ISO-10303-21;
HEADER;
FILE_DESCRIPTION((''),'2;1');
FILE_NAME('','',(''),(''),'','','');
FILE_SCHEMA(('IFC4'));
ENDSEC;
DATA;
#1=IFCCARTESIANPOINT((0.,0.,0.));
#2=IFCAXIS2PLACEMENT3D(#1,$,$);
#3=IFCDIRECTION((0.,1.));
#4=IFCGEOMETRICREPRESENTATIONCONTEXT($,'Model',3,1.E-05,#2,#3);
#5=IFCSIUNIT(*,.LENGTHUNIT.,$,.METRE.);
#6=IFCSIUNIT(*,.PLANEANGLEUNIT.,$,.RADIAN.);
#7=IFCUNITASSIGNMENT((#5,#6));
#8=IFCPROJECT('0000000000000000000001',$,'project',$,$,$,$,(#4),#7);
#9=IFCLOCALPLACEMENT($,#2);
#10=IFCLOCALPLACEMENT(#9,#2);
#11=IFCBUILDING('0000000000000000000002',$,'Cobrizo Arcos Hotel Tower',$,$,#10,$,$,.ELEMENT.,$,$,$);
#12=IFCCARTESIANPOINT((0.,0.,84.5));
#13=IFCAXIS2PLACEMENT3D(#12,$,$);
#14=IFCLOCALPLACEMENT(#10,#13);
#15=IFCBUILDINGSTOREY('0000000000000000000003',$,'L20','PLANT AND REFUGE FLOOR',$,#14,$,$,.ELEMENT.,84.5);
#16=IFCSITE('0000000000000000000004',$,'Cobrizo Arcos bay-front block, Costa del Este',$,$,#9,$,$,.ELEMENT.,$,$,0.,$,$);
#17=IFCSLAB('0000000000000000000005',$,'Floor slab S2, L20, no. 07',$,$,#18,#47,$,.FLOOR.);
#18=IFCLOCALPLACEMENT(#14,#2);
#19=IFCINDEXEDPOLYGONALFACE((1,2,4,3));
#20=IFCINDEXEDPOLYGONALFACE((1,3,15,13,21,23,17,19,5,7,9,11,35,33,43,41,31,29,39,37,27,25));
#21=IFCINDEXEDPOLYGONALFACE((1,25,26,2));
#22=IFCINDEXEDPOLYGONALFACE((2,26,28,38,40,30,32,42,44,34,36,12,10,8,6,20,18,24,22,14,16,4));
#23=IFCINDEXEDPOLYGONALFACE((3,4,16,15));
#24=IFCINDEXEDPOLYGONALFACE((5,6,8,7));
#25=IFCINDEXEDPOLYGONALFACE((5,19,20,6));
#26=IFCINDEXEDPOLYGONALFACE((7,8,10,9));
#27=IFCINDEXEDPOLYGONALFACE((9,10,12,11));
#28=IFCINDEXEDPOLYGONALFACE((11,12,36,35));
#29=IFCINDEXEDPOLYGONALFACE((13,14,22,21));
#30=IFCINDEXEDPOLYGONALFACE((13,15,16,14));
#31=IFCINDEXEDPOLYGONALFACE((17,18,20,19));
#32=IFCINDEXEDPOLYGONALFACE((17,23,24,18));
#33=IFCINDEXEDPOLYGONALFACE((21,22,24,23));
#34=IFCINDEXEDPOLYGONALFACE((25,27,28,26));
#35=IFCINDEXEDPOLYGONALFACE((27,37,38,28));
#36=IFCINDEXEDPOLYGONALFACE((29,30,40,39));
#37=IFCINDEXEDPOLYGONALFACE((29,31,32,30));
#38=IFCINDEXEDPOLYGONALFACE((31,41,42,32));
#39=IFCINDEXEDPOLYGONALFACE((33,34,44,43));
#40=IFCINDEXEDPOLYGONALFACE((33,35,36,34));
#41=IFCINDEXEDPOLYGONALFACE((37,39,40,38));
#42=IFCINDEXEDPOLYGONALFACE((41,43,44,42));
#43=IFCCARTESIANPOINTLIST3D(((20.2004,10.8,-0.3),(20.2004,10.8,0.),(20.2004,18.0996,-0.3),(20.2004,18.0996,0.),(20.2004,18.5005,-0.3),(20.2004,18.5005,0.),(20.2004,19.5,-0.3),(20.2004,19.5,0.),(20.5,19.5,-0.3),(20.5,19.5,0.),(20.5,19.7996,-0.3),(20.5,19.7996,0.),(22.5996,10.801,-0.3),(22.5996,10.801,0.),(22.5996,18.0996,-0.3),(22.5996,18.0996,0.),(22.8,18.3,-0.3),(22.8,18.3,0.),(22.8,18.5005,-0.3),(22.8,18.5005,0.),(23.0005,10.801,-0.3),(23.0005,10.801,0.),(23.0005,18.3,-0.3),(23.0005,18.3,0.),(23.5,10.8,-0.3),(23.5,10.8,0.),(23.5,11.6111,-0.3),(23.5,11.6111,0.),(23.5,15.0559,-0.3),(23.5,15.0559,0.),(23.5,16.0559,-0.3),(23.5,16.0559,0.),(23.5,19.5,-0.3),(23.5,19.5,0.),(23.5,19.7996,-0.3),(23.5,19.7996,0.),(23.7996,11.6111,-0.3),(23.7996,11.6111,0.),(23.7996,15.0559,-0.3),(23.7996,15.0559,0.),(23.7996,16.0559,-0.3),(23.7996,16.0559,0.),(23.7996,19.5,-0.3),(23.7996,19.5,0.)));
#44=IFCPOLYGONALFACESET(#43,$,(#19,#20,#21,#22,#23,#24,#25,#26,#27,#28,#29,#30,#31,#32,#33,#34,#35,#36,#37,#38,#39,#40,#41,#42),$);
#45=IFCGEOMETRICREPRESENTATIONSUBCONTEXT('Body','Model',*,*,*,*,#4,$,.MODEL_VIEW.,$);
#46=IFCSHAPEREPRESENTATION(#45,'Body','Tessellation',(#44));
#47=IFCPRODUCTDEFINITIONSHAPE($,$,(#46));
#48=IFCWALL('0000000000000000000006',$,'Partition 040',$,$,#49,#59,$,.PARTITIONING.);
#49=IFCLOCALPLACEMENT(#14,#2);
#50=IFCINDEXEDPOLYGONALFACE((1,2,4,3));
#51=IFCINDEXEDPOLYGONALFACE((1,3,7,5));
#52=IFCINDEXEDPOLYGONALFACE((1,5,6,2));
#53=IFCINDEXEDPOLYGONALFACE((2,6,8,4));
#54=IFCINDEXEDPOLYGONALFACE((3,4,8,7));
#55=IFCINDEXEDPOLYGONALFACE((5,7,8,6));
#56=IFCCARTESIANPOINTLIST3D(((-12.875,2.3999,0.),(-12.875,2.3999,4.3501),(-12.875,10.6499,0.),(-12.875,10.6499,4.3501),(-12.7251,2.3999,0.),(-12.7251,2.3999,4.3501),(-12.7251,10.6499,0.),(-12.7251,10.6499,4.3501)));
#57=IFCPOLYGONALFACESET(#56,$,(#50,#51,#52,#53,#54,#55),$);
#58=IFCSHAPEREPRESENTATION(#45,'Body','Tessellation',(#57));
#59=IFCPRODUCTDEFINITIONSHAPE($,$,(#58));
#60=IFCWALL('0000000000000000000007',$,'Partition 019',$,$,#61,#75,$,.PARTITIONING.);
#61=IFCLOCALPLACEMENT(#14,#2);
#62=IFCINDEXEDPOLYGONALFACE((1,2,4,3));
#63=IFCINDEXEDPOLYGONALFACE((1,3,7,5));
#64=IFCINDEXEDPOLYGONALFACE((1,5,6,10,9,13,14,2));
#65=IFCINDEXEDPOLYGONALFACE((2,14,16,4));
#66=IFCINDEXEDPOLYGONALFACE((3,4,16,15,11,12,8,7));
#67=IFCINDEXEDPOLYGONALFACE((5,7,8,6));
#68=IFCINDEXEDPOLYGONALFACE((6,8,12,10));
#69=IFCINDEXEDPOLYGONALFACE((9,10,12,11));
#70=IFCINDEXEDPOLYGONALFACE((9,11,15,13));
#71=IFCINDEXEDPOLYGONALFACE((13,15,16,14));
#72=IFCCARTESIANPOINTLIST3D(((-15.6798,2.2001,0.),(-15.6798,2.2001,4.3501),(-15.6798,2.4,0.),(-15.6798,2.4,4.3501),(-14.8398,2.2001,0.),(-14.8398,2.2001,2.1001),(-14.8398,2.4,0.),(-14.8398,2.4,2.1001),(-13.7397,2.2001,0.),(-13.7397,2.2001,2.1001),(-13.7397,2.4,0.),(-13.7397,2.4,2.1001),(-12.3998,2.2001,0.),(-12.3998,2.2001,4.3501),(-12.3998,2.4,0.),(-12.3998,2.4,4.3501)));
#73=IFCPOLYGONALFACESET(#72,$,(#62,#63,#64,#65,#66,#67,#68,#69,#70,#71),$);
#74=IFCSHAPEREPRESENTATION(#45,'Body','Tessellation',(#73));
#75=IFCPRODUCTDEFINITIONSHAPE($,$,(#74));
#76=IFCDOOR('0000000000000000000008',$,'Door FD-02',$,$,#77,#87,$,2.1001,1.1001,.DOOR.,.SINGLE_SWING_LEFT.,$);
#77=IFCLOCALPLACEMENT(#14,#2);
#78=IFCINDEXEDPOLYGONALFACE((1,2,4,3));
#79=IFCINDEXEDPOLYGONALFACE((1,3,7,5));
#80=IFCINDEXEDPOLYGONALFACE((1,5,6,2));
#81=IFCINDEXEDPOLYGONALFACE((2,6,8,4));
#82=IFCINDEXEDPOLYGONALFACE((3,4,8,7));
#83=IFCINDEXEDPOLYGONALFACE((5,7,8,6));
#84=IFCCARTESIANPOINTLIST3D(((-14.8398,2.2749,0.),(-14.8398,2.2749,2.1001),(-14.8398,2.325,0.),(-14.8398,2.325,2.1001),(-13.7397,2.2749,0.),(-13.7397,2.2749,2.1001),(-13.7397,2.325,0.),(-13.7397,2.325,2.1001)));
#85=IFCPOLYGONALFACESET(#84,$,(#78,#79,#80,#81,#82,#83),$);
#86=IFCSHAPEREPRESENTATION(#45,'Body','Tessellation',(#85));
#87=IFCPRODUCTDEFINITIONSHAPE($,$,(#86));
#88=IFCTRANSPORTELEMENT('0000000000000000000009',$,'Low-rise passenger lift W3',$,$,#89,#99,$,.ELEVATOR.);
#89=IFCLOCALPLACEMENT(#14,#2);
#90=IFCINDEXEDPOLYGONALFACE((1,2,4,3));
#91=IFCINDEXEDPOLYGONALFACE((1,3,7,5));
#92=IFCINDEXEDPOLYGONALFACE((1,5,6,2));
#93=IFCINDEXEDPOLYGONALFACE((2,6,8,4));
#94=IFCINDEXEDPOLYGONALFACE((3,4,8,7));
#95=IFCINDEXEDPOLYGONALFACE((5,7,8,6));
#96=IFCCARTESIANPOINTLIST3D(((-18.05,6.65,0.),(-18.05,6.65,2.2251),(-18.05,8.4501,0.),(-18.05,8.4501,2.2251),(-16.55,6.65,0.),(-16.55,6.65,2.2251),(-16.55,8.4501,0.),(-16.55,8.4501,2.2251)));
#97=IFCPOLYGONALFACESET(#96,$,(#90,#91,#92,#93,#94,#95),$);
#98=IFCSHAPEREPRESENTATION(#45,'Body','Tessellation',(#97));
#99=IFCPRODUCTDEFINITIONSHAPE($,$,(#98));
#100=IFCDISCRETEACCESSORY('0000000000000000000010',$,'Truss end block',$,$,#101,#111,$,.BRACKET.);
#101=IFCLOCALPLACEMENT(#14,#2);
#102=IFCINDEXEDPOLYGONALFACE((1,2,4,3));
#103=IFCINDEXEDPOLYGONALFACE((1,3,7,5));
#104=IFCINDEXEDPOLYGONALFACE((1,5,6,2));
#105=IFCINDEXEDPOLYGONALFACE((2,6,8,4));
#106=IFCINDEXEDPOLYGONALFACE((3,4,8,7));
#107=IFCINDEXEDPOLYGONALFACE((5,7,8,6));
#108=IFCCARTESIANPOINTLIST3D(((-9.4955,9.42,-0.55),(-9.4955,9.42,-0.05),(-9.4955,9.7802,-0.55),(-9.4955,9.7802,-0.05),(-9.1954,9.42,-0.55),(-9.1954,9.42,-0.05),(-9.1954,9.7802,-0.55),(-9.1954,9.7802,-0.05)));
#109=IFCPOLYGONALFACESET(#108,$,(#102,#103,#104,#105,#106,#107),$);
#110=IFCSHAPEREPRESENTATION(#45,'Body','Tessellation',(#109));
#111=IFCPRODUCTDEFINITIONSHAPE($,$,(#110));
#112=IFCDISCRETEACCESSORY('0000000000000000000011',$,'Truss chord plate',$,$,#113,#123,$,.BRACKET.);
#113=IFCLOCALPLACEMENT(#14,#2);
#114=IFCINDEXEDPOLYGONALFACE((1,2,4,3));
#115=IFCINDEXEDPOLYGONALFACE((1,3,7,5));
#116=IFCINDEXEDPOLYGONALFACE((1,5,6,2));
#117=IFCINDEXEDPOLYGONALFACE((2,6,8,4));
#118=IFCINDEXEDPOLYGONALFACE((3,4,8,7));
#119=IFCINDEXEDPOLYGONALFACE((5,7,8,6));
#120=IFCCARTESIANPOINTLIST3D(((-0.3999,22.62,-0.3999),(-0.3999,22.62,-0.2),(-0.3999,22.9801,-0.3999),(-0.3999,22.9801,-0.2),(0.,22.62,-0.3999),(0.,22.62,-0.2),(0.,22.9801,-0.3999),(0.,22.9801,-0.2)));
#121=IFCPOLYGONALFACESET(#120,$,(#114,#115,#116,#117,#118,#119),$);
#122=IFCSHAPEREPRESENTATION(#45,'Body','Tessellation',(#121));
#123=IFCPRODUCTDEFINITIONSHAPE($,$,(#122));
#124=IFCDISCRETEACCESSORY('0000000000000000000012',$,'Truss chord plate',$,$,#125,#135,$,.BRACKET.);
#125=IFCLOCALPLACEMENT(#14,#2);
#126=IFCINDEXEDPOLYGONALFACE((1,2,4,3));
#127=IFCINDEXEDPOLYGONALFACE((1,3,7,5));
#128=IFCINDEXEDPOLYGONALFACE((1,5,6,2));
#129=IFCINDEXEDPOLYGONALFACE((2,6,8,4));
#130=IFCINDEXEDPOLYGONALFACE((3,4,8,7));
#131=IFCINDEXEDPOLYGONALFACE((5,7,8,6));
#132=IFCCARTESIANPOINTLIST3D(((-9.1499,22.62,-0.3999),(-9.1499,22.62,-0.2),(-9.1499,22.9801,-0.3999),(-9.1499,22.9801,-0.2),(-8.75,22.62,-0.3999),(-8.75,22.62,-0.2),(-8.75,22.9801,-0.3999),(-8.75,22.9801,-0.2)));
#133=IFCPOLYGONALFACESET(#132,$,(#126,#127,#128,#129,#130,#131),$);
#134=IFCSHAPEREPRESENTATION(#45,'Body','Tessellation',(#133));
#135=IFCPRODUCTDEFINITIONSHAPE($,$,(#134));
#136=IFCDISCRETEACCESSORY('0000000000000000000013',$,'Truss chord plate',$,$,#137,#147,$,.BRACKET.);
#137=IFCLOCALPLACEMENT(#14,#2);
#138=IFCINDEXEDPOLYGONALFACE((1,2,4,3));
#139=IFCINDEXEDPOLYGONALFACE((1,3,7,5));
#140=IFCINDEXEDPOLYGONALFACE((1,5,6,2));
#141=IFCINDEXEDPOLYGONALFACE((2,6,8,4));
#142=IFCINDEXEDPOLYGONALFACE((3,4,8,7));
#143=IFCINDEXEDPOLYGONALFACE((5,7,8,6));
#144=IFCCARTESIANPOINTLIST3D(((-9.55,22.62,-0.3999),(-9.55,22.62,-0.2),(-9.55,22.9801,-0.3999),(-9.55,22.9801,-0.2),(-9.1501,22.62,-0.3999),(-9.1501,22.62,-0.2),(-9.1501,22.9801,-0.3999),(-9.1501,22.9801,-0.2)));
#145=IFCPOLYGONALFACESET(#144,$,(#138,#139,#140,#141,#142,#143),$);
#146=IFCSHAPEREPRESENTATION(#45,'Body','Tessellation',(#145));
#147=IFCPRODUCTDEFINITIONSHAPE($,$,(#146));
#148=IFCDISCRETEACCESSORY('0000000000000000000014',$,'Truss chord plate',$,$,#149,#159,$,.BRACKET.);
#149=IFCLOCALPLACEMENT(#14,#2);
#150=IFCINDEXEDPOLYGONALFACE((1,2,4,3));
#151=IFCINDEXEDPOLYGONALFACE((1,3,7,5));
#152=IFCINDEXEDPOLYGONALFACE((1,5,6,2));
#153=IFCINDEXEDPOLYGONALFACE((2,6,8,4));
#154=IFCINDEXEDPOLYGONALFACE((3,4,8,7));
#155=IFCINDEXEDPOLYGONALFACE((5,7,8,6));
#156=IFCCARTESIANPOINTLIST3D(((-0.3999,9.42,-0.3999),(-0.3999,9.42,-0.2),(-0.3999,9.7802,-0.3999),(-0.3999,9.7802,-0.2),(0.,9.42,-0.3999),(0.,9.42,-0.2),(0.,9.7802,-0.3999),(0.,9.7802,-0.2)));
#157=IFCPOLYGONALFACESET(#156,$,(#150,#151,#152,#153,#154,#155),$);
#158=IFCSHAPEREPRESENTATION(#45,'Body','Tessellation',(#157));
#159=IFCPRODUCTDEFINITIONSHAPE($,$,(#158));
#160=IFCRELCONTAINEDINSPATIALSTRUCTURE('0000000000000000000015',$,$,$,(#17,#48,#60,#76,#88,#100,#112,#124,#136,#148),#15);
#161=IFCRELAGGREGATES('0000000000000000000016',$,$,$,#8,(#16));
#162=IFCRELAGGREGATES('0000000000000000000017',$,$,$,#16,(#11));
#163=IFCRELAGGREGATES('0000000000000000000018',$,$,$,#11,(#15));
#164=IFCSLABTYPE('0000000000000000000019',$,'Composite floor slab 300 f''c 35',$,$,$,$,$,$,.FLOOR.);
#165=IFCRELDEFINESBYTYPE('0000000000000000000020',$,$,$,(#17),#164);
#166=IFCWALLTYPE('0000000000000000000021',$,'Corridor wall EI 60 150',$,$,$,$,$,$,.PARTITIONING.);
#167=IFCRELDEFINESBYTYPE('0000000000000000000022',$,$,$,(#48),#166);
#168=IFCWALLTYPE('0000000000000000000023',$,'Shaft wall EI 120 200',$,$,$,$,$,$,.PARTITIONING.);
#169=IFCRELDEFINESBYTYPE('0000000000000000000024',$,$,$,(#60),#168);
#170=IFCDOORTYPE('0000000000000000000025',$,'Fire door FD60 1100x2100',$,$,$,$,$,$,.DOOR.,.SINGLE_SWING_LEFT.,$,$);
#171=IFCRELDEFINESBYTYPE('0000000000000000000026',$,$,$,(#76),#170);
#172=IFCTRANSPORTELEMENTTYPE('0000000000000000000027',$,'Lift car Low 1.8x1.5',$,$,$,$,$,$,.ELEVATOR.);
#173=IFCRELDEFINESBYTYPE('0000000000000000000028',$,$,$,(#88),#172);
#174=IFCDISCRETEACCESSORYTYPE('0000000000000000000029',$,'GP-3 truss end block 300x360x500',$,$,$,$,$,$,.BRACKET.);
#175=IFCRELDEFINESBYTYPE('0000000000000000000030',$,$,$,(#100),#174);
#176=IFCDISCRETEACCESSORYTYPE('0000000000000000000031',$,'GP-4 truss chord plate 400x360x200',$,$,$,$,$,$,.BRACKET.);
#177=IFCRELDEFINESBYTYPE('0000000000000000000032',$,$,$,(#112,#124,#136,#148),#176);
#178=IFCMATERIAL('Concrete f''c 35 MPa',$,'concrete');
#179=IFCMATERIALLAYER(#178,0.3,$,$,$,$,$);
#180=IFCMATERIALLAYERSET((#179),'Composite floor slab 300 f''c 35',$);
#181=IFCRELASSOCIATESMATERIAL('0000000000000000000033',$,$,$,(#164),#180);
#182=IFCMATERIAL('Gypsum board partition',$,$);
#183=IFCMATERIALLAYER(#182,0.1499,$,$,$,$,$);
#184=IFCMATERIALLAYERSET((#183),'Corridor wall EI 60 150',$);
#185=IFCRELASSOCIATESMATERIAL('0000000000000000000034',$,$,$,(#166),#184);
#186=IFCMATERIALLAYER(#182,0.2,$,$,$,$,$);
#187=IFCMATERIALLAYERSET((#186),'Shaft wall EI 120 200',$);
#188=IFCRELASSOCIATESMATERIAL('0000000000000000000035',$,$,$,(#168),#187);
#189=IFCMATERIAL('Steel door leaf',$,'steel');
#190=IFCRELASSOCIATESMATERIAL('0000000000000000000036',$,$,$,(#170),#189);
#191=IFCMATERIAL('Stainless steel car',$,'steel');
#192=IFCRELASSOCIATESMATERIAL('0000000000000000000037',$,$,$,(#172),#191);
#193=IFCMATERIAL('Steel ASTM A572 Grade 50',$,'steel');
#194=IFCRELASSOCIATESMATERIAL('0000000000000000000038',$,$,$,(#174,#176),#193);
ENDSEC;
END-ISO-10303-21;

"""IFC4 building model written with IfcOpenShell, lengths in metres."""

from ifc_helpers import new_model, si_unit, direction, frame, frame_2d, origin, origin_2d, place, context, subcontext, project, spatial, polyline, rectangle, outline, extrude, material, layer, layer_set, type_object, element, fill, save


model = new_model("IFC4")

# Units and contexts
model_context = context("Model", 3, precision=1e-05, world=origin(), true_north=direction((0.0, 1.0)))
body_context = subcontext(model_context, "Body", "Model", "MODEL_VIEW")
ifc_project = project(units=[si_unit("LENGTHUNIT", "METRE"), si_unit("PLANEANGLEUNIT", "RADIAN")], contexts=[model_context])

# Site, building, storey
site_placement = place(None, origin())
site = spatial("IfcSite", under=ifc_project, at=site_placement, Name="Cobrizo Arcos bay-front block, Costa del Este", CompositionType="ELEMENT", RefElevation=0.0)
building_placement = place(site_placement, origin())
building = spatial("IfcBuilding", under=site, at=building_placement, Name="Cobrizo Arcos Hotel Tower", CompositionType="ELEMENT")
storey_placement = place(building_placement, frame((0.0, 0.0, 84.5)))
storey = spatial("IfcBuildingStorey", under=building, at=storey_placement, Name="L20", Description="PLANT AND REFUGE FLOOR", CompositionType="ELEMENT", Elevation=84.5)

# Slab
ifc_material_1 = material(Name="Concrete f'c 35 MPa", Category="concrete")
ifc_layer_1 = layer(ifc_material_1, 0.3)
ifc_layer_set_1 = layer_set([ifc_layer_1], Name="Composite floor slab 300 f'c 35")
slab_type = type_object("IfcSlabType", Name="Composite floor slab 300 f'c 35", PredefinedType="FLOOR", material=ifc_layer_set_1)
slab_1_placement = place(storey_placement, frame((0.0, 0.0, -0.3)))
element("IfcSlab", 1, at=slab_1_placement, inside=storey, type_object=slab_type, Name="Floor slab S2, L20, no. 07", PredefinedType="FLOOR", context=body_context, shape_type="SweptSolid", body=[
    extrude(outline(polyline([(23.5, 11.6111), (23.5, 10.8), (20.2004, 10.8), (20.2004, 18.0996), (22.5996, 18.0996), (22.5996, 10.801), (23.0005, 10.801), (23.0005, 18.3), (22.8, 18.3), (22.8, 18.5005), (20.2004, 18.5005), (20.2004, 19.5), (20.5, 19.5), (20.5, 19.7996), (23.5, 19.7996), (23.5, 19.5), (23.7996, 19.5), (23.7996, 16.0559), (23.5, 16.0559), (23.5, 15.0559), (23.7996, 15.0559), (23.7996, 11.6111), (23.5, 11.6111)])), origin(), (0.0, 0.0, 1.0), 0.3),
])

# Wall
ifc_material_2 = material(Name="Gypsum board partition")
ifc_layer_2 = layer(ifc_material_2, 0.1499)
ifc_layer_set_2 = layer_set([ifc_layer_2], Name="Corridor wall EI 60 150")
wall_type_1 = type_object("IfcWallType", Name="Corridor wall EI 60 150", PredefinedType="PARTITIONING", material=ifc_layer_set_2)
wall_1_placement = place(storey_placement, frame((-12.8, 2.3999, 0.0), z_axis=(0.0, 0.0, 1.0), x_axis=(0.0, 1.0, 0.0)))
element("IfcWall", 2, at=wall_1_placement, inside=storey, type_object=wall_type_1, Name="Partition 040", PredefinedType="PARTITIONING", context=body_context, shape_type="SweptSolid", body=[
    extrude(rectangle(XDim=8.25, YDim=0.1499, at=frame_2d((4.125, 0.0))), origin(), (0.0, 0.0, 1.0), 4.3501),
])

# Wall, opening, door
ifc_layer_3 = layer(ifc_material_2, 0.2)
ifc_layer_set_3 = layer_set([ifc_layer_3], Name="Shaft wall EI 120 200")
wall_type_2 = type_object("IfcWallType", Name="Shaft wall EI 120 200", PredefinedType="PARTITIONING", material=ifc_layer_set_3)
wall_2_placement = place(storey_placement, frame((-15.6799, 2.3, 0.0), z_axis=(0.0, 0.0, 1.0), x_axis=(1.0, 0.0, 0.0)))
wall_2 = element("IfcWall", 3, at=wall_2_placement, inside=storey, type_object=wall_type_2, Name="Partition 019", PredefinedType="PARTITIONING", context=body_context, shape_type="SweptSolid", body=[
    extrude(rectangle(XDim=3.28, YDim=0.2, at=frame_2d((1.6401, 0.0))), origin(), (0.0, 0.0, 1.0), 4.3501),
])
opening_placement = place(wall_2_placement, frame((0.8401, 0.0, 0.0)))
opening = element("IfcOpeningElement", 4, at=opening_placement, cuts=wall_2, PredefinedType="OPENING", context=body_context, shape_type="SweptSolid", body=[
    extrude(rectangle(XDim=1.1001, YDim=2.1001, at=frame_2d((0.55, 1.05))), frame((0.0, 0.1121, 0.0), z_axis=(0.0, -1.0, 0.0), x_axis=(1.0, 0.0, 0.0)), (0.0, 0.0, 1.0), 0.2239),
])
ifc_material_3 = material(Name="Steel door leaf", Category="steel")
door_type = type_object("IfcDoorType", Name="Fire door FD60 1100x2100", OperationType="SINGLE_SWING_LEFT", PredefinedType="DOOR", material=ifc_material_3)
door_placement = place(opening_placement, origin())
door = element("IfcDoor", 5, at=door_placement, inside=storey, type_object=door_type, Name="Door FD-02", OperationType="SINGLE_SWING_LEFT", OverallHeight=2.1001, OverallWidth=1.1001, PredefinedType="DOOR", context=body_context, shape_type="SweptSolid", body=[
    extrude(rectangle(XDim=1.1001, YDim=2.1001, at=frame_2d((0.55, 1.05))), frame((0.0, 0.0249, 0.0), z_axis=(0.0, -1.0, 0.0), x_axis=(1.0, 0.0, 0.0)), (0.0, 0.0, 1.0), 0.05),
])
fill(opening, door)

# Transport element
ifc_material_4 = material(Name="Stainless steel car", Category="steel")
transport_element_type = type_object("IfcTransportElementType", Name="Lift car Low 1.8x1.5", PredefinedType="ELEVATOR", material=ifc_material_4)
transport_element_placement = place(storey_placement, frame((-17.3, 7.55, 0.0), z_axis=(0.0, 0.0, 1.0), x_axis=(1.0, 0.0, 0.0)))
element("IfcTransportElement", 6, at=transport_element_placement, inside=storey, type_object=transport_element_type, Name="Low-rise passenger lift W3", PredefinedType="ELEVATOR", context=body_context, shape_type="SweptSolid", body=[
    extrude(rectangle(XDim=1.5, YDim=1.8, at=origin_2d()), origin(), (0.0, 0.0, 1.0), 2.2251),
])

# Discrete accessories
ifc_material_5 = material(Name="Steel ASTM A572 Grade 50", Category="steel")
discrete_accessory_type_1 = type_object("IfcDiscreteAccessoryType", Name="GP-3 truss end block 300x360x500", PredefinedType="BRACKET", material=ifc_material_5)
discrete_accessory_placement = place(storey_placement, frame((-9.3455, 9.6001, -0.55), z_axis=(0.0, 0.0, 1.0), x_axis=(1.0, 0.0, 0.0)))
element("IfcDiscreteAccessory", 7, at=discrete_accessory_placement, inside=storey, type_object=discrete_accessory_type_1, Name="Truss end block", PredefinedType="BRACKET", context=body_context, shape_type="SweptSolid", body=[
    extrude(rectangle(XDim=0.3, YDim=0.3601, at=origin_2d()), origin(), (0.0, 0.0, 1.0), 0.5),
])
discrete_accessory_type_2 = type_object("IfcDiscreteAccessoryType", Name="GP-4 truss chord plate 400x360x200", PredefinedType="BRACKET", material=ifc_material_5)
for number, where, z_axis, x_axis, name in (
    (8, (-0.2, 22.8, -0.3999), (0.0, 0.0, 1.0), (-1.0, 0.0, 0.0), "Truss chord plate"),
    (9, (-8.95, 22.8, -0.3999), (0.0, 0.0, 1.0), (-1.0, 0.0, 0.0), "Truss chord plate"),
    (10, (-9.3501, 22.8, -0.3999), (0.0, 0.0, 1.0), (-1.0, 0.0, 0.0), "Truss chord plate"),
    (11, (-0.2, 9.6001, -0.3999), (0.0, 0.0, 1.0), (1.0, 0.0, 0.0), "Truss chord plate"),
):
    element("IfcDiscreteAccessory", number, at=place(storey_placement, frame(where, z_axis=z_axis, x_axis=x_axis)), inside=storey, type_object=discrete_accessory_type_2, Name=name, PredefinedType="BRACKET", context=body_context, shape_type="SweptSolid", body=[
        extrude(rectangle(XDim=0.3999, YDim=0.3601, at=origin_2d()), origin(), (0.0, 0.0, 1.0), 0.2),
    ])

save(model, "model.ifc")
